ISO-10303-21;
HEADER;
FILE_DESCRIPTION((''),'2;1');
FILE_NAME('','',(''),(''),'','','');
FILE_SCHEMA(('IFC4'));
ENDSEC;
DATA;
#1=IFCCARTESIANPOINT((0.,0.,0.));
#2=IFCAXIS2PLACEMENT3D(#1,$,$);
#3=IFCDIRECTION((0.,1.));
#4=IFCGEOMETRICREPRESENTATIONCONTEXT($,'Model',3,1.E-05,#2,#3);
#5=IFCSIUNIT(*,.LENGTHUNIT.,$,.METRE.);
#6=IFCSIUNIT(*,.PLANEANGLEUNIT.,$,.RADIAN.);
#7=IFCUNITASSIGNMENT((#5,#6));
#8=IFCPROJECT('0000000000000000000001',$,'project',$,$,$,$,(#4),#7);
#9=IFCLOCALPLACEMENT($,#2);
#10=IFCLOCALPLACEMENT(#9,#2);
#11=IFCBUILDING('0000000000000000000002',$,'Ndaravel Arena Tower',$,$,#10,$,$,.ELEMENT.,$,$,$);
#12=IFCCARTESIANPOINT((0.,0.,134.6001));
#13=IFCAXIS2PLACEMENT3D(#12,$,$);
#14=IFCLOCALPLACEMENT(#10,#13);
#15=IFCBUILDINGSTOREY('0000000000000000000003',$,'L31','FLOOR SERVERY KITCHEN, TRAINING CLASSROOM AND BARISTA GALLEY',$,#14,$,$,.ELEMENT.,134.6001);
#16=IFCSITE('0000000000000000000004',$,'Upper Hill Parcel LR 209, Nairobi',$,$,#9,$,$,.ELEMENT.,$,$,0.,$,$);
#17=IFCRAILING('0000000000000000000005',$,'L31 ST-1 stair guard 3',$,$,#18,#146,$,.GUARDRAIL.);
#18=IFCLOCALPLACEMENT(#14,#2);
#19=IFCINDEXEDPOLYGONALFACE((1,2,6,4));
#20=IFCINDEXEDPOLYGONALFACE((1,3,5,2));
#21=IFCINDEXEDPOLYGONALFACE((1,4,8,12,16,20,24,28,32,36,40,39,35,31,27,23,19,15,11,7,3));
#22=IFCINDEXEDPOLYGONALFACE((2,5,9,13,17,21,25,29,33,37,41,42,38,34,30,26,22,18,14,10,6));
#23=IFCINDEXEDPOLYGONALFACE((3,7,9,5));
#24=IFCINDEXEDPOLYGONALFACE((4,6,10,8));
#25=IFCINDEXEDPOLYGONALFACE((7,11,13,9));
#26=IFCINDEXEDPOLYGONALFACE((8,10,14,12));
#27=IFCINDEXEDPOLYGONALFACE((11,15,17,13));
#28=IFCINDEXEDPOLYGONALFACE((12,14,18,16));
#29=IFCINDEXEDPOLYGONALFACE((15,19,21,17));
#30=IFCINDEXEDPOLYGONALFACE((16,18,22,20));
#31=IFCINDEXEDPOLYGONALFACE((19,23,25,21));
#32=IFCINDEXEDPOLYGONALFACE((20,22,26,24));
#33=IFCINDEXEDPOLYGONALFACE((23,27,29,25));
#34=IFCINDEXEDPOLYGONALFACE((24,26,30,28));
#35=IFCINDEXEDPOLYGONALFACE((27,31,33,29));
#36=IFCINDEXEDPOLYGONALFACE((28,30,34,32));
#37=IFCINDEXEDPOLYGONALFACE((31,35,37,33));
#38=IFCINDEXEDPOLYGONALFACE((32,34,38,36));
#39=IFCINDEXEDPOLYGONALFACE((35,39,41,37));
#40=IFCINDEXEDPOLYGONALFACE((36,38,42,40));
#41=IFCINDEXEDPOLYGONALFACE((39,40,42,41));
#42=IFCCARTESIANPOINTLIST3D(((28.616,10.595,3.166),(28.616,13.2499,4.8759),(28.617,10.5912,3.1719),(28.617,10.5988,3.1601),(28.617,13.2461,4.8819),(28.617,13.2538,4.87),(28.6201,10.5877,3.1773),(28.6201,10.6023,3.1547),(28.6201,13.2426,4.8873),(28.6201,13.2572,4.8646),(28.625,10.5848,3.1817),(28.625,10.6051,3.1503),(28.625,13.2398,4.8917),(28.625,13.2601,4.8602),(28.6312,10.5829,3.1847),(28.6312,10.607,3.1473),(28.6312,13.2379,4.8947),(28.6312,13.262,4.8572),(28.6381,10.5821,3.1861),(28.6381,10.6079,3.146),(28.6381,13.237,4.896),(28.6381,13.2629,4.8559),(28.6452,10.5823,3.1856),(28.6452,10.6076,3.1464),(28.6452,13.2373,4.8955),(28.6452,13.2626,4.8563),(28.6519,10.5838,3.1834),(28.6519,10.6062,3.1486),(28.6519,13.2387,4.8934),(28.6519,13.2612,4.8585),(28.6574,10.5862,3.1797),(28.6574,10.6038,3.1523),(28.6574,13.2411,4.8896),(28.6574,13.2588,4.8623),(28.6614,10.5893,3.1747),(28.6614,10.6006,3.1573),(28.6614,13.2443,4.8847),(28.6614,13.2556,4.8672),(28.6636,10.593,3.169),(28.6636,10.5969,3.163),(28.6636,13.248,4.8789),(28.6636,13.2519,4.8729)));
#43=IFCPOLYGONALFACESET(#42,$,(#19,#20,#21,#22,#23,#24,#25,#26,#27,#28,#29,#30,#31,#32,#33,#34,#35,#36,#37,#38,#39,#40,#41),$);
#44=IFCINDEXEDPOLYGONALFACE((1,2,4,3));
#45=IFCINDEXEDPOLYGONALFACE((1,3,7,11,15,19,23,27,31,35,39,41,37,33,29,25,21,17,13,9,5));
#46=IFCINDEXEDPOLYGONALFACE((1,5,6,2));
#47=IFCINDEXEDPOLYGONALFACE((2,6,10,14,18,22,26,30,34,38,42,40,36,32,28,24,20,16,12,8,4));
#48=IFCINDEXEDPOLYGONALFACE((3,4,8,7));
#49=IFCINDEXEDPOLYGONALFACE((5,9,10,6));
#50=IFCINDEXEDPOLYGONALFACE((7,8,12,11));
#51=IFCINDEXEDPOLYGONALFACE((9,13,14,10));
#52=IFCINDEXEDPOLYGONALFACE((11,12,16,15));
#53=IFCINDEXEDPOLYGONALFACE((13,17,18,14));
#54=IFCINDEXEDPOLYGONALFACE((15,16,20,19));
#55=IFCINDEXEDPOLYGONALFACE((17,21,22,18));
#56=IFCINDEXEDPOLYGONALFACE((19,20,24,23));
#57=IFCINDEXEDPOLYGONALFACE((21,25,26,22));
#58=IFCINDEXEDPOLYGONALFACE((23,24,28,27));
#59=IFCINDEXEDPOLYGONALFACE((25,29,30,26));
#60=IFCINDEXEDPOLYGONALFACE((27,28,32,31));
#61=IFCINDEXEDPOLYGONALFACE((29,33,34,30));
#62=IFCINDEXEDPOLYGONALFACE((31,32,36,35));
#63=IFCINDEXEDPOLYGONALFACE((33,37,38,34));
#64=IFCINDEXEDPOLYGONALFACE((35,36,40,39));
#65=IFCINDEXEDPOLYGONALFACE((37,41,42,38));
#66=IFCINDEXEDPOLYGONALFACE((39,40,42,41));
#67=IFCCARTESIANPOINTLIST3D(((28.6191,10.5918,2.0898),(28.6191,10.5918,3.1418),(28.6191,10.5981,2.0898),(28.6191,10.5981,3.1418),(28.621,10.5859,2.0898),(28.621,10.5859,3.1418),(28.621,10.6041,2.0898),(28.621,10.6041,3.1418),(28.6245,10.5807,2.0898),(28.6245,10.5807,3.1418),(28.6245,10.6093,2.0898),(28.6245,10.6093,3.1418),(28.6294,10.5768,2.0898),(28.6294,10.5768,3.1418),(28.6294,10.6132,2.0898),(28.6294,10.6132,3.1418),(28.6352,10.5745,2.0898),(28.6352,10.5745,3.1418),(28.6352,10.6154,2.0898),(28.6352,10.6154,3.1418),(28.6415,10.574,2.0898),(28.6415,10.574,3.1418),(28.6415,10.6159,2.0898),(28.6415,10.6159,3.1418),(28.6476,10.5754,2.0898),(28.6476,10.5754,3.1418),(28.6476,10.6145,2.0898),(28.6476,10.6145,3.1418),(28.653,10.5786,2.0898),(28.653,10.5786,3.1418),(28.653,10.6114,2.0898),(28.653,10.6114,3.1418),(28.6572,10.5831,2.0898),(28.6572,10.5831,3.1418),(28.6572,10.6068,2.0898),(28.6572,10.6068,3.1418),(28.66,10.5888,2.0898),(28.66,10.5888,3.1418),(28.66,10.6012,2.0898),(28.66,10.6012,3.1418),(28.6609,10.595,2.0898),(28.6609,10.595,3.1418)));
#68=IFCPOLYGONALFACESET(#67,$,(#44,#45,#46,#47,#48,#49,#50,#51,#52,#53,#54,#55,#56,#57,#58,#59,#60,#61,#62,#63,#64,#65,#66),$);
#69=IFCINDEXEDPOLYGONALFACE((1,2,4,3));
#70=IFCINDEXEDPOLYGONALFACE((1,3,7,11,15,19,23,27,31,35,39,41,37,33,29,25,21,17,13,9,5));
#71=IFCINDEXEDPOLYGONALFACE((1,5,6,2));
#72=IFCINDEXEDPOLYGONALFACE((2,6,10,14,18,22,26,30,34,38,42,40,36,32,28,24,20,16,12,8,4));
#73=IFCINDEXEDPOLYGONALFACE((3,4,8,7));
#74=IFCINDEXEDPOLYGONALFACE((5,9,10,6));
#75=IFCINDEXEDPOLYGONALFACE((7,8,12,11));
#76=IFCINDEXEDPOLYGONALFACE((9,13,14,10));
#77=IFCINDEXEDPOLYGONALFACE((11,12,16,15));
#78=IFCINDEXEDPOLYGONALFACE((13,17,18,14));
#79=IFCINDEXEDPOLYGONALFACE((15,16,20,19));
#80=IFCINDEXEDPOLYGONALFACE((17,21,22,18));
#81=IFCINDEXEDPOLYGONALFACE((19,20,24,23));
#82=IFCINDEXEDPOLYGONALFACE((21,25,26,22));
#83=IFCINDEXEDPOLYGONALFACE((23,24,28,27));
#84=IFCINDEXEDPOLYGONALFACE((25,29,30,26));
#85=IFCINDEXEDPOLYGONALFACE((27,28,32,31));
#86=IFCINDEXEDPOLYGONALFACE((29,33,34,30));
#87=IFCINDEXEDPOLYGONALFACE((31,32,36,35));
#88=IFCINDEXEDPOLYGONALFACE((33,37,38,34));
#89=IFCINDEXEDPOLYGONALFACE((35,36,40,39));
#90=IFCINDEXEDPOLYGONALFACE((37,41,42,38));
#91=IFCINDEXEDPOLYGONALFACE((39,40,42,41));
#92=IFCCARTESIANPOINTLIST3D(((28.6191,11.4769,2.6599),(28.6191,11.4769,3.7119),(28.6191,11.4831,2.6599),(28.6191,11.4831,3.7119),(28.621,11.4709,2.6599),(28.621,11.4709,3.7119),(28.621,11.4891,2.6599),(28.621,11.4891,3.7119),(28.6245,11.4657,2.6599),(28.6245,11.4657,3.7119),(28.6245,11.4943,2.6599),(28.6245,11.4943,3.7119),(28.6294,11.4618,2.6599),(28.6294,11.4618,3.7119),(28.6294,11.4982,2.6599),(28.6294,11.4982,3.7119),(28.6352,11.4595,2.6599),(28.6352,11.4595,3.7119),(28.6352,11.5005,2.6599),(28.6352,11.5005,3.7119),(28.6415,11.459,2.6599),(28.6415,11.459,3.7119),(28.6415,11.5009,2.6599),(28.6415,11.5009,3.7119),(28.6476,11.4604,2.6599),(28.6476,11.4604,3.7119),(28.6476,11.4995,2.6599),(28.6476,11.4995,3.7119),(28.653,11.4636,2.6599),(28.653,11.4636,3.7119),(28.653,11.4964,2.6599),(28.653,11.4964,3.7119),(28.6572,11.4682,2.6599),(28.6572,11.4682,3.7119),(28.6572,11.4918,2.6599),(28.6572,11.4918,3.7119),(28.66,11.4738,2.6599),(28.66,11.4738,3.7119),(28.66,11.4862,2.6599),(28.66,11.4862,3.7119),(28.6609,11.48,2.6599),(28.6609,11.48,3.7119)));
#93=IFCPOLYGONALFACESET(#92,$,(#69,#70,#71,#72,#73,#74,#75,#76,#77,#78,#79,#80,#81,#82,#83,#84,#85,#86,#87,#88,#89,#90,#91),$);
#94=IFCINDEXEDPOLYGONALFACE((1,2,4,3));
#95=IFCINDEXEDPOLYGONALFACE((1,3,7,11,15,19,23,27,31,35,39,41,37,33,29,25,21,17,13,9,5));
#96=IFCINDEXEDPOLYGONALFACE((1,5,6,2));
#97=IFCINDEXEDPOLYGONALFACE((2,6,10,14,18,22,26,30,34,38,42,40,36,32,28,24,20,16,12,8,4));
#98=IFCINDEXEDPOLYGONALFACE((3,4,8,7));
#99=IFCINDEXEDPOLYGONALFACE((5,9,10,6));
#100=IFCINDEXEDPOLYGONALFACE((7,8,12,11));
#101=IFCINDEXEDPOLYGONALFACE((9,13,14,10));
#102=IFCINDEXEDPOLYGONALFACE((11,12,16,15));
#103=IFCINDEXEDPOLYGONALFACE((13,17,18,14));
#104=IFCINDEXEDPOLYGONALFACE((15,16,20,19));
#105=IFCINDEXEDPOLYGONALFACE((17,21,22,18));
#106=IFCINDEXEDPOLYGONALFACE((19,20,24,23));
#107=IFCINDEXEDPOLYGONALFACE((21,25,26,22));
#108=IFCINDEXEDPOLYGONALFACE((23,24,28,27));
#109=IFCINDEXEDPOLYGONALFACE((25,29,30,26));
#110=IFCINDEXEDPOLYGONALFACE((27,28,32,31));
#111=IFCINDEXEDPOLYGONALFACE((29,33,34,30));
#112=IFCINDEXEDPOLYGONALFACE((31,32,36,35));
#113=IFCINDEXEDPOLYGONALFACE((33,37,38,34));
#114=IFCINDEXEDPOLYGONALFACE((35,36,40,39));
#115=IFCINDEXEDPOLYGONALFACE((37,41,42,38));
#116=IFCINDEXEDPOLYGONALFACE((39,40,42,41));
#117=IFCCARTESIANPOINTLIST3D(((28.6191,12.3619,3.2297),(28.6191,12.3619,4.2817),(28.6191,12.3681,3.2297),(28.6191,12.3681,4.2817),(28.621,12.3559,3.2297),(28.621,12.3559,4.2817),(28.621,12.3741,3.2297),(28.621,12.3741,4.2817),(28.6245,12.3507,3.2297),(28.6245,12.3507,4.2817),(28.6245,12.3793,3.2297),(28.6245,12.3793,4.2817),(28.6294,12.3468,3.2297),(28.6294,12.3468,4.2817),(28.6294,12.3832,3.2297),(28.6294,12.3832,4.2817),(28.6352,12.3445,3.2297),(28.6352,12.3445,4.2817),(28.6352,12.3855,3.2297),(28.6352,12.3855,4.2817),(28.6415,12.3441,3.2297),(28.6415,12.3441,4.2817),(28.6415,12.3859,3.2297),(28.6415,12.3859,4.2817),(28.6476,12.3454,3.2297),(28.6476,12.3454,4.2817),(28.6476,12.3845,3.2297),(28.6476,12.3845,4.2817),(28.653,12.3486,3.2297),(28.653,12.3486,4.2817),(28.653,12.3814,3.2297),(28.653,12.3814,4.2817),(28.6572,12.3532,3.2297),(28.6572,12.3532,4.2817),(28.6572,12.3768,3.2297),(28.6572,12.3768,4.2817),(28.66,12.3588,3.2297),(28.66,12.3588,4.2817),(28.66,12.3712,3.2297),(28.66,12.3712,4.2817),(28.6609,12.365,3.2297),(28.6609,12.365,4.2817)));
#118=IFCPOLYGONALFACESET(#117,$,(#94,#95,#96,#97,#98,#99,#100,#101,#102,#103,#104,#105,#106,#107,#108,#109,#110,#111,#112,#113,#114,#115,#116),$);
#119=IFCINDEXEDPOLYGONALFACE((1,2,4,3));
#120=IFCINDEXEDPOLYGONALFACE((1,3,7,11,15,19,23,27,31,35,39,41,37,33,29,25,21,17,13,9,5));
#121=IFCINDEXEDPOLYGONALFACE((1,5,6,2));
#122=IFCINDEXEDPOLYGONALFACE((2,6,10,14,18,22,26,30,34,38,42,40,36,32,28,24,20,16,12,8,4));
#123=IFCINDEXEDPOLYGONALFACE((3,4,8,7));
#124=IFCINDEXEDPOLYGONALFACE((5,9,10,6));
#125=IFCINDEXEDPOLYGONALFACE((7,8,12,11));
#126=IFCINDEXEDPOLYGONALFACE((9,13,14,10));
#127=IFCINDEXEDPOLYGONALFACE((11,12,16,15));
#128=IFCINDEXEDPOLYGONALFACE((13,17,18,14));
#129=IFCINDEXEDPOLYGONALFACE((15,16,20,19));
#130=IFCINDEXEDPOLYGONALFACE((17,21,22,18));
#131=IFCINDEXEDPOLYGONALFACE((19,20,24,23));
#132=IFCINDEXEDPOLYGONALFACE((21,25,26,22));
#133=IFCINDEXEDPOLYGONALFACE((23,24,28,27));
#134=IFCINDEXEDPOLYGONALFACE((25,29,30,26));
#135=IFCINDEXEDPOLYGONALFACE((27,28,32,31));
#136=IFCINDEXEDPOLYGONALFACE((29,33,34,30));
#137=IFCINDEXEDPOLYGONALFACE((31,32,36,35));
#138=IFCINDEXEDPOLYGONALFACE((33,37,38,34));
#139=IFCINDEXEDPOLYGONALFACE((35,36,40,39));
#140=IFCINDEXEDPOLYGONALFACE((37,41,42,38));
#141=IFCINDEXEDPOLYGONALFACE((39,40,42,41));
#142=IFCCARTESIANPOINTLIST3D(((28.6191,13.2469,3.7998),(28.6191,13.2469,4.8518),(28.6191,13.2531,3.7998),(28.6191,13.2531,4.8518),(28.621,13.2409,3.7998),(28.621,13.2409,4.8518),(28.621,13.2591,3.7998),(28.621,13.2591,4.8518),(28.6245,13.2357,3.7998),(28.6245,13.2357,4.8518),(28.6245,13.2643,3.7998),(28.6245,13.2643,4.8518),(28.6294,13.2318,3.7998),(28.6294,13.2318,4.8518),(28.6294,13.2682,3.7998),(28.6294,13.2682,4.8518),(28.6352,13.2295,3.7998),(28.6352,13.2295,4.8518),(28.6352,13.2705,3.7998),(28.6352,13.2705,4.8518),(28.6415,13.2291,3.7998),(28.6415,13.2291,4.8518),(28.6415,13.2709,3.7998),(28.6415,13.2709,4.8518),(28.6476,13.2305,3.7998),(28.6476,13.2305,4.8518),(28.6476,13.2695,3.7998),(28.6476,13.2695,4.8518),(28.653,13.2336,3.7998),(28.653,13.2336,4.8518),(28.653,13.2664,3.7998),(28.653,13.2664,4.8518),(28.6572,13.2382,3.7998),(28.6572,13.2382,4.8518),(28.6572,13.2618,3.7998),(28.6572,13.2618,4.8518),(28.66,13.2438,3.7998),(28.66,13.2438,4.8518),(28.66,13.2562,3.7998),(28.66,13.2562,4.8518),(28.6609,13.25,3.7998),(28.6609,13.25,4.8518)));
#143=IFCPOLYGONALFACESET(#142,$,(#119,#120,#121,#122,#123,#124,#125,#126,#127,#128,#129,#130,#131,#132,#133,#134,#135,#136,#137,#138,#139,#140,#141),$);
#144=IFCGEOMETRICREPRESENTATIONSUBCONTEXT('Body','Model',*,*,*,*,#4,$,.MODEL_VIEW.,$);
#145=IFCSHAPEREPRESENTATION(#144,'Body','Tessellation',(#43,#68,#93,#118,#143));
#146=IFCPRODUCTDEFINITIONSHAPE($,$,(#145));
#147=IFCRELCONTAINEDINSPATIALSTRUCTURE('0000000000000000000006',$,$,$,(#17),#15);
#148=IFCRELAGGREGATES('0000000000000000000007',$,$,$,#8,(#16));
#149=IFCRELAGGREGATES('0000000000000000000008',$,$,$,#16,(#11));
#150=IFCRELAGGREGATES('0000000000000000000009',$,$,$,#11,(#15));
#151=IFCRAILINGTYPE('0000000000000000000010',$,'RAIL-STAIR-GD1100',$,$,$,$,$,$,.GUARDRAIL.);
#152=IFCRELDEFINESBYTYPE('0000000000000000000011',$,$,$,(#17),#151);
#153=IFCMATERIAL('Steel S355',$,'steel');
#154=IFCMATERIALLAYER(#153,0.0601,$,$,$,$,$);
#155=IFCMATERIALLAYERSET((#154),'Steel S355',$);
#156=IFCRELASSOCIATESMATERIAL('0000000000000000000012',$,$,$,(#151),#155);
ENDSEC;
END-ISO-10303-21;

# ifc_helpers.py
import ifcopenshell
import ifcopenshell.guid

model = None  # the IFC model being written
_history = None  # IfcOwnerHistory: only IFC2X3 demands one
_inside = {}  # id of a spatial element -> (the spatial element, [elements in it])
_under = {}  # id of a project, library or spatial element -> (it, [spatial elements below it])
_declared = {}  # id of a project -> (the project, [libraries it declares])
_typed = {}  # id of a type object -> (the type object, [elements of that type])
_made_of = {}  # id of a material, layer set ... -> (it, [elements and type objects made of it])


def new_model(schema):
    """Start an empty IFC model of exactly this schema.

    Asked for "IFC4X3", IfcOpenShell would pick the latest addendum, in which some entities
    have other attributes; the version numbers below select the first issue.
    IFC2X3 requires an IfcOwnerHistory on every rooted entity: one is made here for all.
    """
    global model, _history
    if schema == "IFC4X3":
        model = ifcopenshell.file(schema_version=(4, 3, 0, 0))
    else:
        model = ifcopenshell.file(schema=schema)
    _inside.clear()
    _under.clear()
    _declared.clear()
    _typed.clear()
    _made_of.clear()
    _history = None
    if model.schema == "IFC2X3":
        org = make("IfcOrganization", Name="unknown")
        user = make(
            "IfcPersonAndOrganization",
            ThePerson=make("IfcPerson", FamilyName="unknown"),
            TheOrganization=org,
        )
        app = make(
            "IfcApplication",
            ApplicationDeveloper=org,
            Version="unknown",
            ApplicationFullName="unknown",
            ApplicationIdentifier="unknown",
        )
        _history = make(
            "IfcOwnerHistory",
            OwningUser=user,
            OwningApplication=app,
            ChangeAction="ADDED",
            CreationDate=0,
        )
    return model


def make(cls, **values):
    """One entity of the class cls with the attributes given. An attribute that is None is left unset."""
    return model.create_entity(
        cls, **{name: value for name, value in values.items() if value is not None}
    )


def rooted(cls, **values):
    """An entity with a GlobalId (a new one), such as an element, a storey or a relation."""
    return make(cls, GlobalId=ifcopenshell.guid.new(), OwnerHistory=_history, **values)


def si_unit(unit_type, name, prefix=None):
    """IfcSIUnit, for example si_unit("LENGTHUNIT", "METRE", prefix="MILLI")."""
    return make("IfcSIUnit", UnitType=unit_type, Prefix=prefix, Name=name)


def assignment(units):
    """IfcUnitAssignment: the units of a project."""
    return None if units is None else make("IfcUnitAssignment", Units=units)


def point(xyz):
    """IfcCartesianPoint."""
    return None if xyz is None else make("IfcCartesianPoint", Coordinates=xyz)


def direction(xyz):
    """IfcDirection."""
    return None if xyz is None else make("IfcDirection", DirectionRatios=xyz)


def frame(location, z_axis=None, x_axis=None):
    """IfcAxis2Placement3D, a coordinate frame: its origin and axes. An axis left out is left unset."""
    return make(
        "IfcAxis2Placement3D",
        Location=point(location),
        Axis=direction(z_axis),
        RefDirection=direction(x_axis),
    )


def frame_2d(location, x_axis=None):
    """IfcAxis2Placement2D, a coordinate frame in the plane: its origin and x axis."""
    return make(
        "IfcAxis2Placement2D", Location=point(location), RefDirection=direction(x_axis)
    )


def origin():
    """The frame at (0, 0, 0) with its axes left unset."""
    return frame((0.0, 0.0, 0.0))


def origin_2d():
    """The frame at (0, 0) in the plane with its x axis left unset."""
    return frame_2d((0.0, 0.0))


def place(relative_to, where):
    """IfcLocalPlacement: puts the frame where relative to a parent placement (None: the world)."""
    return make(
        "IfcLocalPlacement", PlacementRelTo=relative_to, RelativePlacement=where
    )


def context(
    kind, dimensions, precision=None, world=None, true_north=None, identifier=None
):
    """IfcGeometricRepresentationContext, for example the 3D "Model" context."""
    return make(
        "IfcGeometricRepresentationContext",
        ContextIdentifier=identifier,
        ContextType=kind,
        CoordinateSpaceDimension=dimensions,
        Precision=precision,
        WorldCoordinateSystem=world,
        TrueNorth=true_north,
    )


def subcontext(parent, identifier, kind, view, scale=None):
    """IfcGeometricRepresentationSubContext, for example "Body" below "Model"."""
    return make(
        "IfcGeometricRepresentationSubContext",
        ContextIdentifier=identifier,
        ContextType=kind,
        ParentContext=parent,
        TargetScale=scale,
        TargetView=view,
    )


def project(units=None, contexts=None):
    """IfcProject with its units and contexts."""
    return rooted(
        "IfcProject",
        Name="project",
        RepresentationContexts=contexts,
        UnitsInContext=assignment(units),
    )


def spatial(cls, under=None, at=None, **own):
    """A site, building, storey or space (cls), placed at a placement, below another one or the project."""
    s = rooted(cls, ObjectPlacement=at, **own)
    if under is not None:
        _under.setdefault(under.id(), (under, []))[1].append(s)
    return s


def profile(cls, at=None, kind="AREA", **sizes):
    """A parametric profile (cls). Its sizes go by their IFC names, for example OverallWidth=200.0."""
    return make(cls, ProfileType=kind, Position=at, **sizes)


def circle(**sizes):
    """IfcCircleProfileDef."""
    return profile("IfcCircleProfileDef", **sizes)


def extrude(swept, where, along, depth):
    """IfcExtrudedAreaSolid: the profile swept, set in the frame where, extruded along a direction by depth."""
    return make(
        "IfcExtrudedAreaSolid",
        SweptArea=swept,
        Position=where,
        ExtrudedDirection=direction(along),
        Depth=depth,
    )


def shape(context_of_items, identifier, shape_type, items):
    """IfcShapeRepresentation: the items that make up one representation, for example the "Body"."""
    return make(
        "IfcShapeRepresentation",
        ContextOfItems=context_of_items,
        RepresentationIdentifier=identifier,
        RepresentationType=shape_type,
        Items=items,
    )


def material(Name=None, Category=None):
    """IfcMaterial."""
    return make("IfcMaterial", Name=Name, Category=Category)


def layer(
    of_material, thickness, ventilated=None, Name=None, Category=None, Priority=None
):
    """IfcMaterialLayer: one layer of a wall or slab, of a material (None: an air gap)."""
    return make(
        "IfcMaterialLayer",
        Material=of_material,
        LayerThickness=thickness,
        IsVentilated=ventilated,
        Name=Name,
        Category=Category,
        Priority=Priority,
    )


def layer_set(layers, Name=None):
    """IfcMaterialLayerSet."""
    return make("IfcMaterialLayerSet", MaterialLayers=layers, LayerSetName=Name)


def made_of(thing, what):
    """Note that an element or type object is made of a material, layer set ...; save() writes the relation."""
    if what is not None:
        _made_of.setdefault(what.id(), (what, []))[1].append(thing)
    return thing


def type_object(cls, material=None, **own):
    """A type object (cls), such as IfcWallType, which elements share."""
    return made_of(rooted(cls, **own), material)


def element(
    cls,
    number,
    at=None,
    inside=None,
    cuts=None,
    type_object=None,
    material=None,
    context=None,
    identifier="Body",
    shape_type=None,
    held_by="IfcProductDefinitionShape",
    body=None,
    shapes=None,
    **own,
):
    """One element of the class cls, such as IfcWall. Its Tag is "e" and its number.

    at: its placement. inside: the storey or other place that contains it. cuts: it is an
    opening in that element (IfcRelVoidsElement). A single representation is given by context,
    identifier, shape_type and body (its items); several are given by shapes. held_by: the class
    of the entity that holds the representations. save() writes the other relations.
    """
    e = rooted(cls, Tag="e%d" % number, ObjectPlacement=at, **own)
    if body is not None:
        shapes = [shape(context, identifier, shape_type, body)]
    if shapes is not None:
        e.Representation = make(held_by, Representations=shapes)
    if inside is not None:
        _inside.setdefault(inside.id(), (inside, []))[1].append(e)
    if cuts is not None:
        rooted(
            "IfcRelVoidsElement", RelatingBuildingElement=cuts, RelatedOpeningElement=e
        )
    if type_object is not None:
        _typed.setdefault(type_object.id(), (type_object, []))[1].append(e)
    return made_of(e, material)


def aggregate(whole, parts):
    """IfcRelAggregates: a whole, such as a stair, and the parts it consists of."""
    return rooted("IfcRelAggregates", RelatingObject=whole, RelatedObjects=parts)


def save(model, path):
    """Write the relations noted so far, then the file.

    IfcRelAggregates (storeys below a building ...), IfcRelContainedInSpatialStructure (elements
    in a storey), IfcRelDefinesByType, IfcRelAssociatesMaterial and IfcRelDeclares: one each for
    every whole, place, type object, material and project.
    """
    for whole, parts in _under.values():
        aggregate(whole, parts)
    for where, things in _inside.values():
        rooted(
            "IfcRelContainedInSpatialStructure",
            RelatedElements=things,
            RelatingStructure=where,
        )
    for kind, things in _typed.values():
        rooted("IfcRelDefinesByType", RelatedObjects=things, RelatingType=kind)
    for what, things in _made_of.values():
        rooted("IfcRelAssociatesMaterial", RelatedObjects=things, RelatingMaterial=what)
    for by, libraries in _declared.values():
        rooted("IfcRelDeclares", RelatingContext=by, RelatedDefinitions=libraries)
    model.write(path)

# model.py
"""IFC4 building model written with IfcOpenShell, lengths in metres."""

from ifc_helpers import new_model, si_unit, direction, frame, origin, origin_2d, place, context, subcontext, project, spatial, circle, extrude, material, layer, layer_set, type_object, element, save


model = new_model("IFC4")

# Units and contexts
model_context = context("Model", 3, precision=1e-05, world=origin(), true_north=direction((0.0, 1.0)))
body_context = subcontext(model_context, "Body", "Model", "MODEL_VIEW")
ifc_project = project(units=[si_unit("LENGTHUNIT", "METRE"), si_unit("PLANEANGLEUNIT", "RADIAN")], contexts=[model_context])

# Site, building, storey
site_placement = place(None, origin())
site = spatial("IfcSite", under=ifc_project, at=site_placement, Name="Upper Hill Parcel LR 209, Nairobi", CompositionType="ELEMENT", RefElevation=0.0)
building_placement = place(site_placement, origin())
building = spatial("IfcBuilding", under=site, at=building_placement, Name="Ndaravel Arena Tower", CompositionType="ELEMENT")
storey_placement = place(building_placement, frame((0.0, 0.0, 134.6001)))
storey = spatial("IfcBuildingStorey", under=building, at=storey_placement, Name="L31", Description="FLOOR SERVERY KITCHEN, TRAINING CLASSROOM AND BARISTA GALLEY", CompositionType="ELEMENT", Elevation=134.6001)

# Railing
ifc_material_1 = material(Name="Steel S355", Category="steel")
ifc_layer_1 = layer(ifc_material_1, 0.0601)
ifc_layer_set_1 = layer_set([ifc_layer_1], Name="Steel S355")
railing_type_1 = type_object("IfcRailingType", Name="RAIL-STAIR-GD1100", PredefinedType="GUARDRAIL", material=ifc_layer_set_1)
railing_1_placement = place(storey_placement, frame((28.6399, 10.595, 2.0898)))
element("IfcRailing", 1, at=railing_1_placement, inside=storey, type_object=railing_type_1, Name="L31 ST-1 stair guard 3", PredefinedType="GUARDRAIL", context=body_context, shape_type="SweptSolid", body=[
    extrude(circle(Radius=0.0239, at=origin_2d()), frame((0.0, 0.0, 1.0762), z_axis=(0.0, 0.840724, 0.541465), x_axis=(-1.0, 0.0, 0.0)), (0.0, 0.0, 1.0), 3.158),
    extrude(circle(Radius=0.021, at=origin_2d()), origin(), (0.0, 0.0, 1.0), 1.052),
    extrude(circle(Radius=0.021, at=origin_2d()), frame((0.0, 0.885, 0.5701)), (0.0, 0.0, 1.0), 1.052),
    extrude(circle(Radius=0.021, at=origin_2d()), frame((0.0, 1.77, 1.1399)), (0.0, 0.0, 1.0), 1.052),
    extrude(circle(Radius=0.021, at=origin_2d()), frame((0.0, 2.655, 1.71)), (0.0, 0.0, 1.0), 1.052),
])

save(model, "model.ifc")
